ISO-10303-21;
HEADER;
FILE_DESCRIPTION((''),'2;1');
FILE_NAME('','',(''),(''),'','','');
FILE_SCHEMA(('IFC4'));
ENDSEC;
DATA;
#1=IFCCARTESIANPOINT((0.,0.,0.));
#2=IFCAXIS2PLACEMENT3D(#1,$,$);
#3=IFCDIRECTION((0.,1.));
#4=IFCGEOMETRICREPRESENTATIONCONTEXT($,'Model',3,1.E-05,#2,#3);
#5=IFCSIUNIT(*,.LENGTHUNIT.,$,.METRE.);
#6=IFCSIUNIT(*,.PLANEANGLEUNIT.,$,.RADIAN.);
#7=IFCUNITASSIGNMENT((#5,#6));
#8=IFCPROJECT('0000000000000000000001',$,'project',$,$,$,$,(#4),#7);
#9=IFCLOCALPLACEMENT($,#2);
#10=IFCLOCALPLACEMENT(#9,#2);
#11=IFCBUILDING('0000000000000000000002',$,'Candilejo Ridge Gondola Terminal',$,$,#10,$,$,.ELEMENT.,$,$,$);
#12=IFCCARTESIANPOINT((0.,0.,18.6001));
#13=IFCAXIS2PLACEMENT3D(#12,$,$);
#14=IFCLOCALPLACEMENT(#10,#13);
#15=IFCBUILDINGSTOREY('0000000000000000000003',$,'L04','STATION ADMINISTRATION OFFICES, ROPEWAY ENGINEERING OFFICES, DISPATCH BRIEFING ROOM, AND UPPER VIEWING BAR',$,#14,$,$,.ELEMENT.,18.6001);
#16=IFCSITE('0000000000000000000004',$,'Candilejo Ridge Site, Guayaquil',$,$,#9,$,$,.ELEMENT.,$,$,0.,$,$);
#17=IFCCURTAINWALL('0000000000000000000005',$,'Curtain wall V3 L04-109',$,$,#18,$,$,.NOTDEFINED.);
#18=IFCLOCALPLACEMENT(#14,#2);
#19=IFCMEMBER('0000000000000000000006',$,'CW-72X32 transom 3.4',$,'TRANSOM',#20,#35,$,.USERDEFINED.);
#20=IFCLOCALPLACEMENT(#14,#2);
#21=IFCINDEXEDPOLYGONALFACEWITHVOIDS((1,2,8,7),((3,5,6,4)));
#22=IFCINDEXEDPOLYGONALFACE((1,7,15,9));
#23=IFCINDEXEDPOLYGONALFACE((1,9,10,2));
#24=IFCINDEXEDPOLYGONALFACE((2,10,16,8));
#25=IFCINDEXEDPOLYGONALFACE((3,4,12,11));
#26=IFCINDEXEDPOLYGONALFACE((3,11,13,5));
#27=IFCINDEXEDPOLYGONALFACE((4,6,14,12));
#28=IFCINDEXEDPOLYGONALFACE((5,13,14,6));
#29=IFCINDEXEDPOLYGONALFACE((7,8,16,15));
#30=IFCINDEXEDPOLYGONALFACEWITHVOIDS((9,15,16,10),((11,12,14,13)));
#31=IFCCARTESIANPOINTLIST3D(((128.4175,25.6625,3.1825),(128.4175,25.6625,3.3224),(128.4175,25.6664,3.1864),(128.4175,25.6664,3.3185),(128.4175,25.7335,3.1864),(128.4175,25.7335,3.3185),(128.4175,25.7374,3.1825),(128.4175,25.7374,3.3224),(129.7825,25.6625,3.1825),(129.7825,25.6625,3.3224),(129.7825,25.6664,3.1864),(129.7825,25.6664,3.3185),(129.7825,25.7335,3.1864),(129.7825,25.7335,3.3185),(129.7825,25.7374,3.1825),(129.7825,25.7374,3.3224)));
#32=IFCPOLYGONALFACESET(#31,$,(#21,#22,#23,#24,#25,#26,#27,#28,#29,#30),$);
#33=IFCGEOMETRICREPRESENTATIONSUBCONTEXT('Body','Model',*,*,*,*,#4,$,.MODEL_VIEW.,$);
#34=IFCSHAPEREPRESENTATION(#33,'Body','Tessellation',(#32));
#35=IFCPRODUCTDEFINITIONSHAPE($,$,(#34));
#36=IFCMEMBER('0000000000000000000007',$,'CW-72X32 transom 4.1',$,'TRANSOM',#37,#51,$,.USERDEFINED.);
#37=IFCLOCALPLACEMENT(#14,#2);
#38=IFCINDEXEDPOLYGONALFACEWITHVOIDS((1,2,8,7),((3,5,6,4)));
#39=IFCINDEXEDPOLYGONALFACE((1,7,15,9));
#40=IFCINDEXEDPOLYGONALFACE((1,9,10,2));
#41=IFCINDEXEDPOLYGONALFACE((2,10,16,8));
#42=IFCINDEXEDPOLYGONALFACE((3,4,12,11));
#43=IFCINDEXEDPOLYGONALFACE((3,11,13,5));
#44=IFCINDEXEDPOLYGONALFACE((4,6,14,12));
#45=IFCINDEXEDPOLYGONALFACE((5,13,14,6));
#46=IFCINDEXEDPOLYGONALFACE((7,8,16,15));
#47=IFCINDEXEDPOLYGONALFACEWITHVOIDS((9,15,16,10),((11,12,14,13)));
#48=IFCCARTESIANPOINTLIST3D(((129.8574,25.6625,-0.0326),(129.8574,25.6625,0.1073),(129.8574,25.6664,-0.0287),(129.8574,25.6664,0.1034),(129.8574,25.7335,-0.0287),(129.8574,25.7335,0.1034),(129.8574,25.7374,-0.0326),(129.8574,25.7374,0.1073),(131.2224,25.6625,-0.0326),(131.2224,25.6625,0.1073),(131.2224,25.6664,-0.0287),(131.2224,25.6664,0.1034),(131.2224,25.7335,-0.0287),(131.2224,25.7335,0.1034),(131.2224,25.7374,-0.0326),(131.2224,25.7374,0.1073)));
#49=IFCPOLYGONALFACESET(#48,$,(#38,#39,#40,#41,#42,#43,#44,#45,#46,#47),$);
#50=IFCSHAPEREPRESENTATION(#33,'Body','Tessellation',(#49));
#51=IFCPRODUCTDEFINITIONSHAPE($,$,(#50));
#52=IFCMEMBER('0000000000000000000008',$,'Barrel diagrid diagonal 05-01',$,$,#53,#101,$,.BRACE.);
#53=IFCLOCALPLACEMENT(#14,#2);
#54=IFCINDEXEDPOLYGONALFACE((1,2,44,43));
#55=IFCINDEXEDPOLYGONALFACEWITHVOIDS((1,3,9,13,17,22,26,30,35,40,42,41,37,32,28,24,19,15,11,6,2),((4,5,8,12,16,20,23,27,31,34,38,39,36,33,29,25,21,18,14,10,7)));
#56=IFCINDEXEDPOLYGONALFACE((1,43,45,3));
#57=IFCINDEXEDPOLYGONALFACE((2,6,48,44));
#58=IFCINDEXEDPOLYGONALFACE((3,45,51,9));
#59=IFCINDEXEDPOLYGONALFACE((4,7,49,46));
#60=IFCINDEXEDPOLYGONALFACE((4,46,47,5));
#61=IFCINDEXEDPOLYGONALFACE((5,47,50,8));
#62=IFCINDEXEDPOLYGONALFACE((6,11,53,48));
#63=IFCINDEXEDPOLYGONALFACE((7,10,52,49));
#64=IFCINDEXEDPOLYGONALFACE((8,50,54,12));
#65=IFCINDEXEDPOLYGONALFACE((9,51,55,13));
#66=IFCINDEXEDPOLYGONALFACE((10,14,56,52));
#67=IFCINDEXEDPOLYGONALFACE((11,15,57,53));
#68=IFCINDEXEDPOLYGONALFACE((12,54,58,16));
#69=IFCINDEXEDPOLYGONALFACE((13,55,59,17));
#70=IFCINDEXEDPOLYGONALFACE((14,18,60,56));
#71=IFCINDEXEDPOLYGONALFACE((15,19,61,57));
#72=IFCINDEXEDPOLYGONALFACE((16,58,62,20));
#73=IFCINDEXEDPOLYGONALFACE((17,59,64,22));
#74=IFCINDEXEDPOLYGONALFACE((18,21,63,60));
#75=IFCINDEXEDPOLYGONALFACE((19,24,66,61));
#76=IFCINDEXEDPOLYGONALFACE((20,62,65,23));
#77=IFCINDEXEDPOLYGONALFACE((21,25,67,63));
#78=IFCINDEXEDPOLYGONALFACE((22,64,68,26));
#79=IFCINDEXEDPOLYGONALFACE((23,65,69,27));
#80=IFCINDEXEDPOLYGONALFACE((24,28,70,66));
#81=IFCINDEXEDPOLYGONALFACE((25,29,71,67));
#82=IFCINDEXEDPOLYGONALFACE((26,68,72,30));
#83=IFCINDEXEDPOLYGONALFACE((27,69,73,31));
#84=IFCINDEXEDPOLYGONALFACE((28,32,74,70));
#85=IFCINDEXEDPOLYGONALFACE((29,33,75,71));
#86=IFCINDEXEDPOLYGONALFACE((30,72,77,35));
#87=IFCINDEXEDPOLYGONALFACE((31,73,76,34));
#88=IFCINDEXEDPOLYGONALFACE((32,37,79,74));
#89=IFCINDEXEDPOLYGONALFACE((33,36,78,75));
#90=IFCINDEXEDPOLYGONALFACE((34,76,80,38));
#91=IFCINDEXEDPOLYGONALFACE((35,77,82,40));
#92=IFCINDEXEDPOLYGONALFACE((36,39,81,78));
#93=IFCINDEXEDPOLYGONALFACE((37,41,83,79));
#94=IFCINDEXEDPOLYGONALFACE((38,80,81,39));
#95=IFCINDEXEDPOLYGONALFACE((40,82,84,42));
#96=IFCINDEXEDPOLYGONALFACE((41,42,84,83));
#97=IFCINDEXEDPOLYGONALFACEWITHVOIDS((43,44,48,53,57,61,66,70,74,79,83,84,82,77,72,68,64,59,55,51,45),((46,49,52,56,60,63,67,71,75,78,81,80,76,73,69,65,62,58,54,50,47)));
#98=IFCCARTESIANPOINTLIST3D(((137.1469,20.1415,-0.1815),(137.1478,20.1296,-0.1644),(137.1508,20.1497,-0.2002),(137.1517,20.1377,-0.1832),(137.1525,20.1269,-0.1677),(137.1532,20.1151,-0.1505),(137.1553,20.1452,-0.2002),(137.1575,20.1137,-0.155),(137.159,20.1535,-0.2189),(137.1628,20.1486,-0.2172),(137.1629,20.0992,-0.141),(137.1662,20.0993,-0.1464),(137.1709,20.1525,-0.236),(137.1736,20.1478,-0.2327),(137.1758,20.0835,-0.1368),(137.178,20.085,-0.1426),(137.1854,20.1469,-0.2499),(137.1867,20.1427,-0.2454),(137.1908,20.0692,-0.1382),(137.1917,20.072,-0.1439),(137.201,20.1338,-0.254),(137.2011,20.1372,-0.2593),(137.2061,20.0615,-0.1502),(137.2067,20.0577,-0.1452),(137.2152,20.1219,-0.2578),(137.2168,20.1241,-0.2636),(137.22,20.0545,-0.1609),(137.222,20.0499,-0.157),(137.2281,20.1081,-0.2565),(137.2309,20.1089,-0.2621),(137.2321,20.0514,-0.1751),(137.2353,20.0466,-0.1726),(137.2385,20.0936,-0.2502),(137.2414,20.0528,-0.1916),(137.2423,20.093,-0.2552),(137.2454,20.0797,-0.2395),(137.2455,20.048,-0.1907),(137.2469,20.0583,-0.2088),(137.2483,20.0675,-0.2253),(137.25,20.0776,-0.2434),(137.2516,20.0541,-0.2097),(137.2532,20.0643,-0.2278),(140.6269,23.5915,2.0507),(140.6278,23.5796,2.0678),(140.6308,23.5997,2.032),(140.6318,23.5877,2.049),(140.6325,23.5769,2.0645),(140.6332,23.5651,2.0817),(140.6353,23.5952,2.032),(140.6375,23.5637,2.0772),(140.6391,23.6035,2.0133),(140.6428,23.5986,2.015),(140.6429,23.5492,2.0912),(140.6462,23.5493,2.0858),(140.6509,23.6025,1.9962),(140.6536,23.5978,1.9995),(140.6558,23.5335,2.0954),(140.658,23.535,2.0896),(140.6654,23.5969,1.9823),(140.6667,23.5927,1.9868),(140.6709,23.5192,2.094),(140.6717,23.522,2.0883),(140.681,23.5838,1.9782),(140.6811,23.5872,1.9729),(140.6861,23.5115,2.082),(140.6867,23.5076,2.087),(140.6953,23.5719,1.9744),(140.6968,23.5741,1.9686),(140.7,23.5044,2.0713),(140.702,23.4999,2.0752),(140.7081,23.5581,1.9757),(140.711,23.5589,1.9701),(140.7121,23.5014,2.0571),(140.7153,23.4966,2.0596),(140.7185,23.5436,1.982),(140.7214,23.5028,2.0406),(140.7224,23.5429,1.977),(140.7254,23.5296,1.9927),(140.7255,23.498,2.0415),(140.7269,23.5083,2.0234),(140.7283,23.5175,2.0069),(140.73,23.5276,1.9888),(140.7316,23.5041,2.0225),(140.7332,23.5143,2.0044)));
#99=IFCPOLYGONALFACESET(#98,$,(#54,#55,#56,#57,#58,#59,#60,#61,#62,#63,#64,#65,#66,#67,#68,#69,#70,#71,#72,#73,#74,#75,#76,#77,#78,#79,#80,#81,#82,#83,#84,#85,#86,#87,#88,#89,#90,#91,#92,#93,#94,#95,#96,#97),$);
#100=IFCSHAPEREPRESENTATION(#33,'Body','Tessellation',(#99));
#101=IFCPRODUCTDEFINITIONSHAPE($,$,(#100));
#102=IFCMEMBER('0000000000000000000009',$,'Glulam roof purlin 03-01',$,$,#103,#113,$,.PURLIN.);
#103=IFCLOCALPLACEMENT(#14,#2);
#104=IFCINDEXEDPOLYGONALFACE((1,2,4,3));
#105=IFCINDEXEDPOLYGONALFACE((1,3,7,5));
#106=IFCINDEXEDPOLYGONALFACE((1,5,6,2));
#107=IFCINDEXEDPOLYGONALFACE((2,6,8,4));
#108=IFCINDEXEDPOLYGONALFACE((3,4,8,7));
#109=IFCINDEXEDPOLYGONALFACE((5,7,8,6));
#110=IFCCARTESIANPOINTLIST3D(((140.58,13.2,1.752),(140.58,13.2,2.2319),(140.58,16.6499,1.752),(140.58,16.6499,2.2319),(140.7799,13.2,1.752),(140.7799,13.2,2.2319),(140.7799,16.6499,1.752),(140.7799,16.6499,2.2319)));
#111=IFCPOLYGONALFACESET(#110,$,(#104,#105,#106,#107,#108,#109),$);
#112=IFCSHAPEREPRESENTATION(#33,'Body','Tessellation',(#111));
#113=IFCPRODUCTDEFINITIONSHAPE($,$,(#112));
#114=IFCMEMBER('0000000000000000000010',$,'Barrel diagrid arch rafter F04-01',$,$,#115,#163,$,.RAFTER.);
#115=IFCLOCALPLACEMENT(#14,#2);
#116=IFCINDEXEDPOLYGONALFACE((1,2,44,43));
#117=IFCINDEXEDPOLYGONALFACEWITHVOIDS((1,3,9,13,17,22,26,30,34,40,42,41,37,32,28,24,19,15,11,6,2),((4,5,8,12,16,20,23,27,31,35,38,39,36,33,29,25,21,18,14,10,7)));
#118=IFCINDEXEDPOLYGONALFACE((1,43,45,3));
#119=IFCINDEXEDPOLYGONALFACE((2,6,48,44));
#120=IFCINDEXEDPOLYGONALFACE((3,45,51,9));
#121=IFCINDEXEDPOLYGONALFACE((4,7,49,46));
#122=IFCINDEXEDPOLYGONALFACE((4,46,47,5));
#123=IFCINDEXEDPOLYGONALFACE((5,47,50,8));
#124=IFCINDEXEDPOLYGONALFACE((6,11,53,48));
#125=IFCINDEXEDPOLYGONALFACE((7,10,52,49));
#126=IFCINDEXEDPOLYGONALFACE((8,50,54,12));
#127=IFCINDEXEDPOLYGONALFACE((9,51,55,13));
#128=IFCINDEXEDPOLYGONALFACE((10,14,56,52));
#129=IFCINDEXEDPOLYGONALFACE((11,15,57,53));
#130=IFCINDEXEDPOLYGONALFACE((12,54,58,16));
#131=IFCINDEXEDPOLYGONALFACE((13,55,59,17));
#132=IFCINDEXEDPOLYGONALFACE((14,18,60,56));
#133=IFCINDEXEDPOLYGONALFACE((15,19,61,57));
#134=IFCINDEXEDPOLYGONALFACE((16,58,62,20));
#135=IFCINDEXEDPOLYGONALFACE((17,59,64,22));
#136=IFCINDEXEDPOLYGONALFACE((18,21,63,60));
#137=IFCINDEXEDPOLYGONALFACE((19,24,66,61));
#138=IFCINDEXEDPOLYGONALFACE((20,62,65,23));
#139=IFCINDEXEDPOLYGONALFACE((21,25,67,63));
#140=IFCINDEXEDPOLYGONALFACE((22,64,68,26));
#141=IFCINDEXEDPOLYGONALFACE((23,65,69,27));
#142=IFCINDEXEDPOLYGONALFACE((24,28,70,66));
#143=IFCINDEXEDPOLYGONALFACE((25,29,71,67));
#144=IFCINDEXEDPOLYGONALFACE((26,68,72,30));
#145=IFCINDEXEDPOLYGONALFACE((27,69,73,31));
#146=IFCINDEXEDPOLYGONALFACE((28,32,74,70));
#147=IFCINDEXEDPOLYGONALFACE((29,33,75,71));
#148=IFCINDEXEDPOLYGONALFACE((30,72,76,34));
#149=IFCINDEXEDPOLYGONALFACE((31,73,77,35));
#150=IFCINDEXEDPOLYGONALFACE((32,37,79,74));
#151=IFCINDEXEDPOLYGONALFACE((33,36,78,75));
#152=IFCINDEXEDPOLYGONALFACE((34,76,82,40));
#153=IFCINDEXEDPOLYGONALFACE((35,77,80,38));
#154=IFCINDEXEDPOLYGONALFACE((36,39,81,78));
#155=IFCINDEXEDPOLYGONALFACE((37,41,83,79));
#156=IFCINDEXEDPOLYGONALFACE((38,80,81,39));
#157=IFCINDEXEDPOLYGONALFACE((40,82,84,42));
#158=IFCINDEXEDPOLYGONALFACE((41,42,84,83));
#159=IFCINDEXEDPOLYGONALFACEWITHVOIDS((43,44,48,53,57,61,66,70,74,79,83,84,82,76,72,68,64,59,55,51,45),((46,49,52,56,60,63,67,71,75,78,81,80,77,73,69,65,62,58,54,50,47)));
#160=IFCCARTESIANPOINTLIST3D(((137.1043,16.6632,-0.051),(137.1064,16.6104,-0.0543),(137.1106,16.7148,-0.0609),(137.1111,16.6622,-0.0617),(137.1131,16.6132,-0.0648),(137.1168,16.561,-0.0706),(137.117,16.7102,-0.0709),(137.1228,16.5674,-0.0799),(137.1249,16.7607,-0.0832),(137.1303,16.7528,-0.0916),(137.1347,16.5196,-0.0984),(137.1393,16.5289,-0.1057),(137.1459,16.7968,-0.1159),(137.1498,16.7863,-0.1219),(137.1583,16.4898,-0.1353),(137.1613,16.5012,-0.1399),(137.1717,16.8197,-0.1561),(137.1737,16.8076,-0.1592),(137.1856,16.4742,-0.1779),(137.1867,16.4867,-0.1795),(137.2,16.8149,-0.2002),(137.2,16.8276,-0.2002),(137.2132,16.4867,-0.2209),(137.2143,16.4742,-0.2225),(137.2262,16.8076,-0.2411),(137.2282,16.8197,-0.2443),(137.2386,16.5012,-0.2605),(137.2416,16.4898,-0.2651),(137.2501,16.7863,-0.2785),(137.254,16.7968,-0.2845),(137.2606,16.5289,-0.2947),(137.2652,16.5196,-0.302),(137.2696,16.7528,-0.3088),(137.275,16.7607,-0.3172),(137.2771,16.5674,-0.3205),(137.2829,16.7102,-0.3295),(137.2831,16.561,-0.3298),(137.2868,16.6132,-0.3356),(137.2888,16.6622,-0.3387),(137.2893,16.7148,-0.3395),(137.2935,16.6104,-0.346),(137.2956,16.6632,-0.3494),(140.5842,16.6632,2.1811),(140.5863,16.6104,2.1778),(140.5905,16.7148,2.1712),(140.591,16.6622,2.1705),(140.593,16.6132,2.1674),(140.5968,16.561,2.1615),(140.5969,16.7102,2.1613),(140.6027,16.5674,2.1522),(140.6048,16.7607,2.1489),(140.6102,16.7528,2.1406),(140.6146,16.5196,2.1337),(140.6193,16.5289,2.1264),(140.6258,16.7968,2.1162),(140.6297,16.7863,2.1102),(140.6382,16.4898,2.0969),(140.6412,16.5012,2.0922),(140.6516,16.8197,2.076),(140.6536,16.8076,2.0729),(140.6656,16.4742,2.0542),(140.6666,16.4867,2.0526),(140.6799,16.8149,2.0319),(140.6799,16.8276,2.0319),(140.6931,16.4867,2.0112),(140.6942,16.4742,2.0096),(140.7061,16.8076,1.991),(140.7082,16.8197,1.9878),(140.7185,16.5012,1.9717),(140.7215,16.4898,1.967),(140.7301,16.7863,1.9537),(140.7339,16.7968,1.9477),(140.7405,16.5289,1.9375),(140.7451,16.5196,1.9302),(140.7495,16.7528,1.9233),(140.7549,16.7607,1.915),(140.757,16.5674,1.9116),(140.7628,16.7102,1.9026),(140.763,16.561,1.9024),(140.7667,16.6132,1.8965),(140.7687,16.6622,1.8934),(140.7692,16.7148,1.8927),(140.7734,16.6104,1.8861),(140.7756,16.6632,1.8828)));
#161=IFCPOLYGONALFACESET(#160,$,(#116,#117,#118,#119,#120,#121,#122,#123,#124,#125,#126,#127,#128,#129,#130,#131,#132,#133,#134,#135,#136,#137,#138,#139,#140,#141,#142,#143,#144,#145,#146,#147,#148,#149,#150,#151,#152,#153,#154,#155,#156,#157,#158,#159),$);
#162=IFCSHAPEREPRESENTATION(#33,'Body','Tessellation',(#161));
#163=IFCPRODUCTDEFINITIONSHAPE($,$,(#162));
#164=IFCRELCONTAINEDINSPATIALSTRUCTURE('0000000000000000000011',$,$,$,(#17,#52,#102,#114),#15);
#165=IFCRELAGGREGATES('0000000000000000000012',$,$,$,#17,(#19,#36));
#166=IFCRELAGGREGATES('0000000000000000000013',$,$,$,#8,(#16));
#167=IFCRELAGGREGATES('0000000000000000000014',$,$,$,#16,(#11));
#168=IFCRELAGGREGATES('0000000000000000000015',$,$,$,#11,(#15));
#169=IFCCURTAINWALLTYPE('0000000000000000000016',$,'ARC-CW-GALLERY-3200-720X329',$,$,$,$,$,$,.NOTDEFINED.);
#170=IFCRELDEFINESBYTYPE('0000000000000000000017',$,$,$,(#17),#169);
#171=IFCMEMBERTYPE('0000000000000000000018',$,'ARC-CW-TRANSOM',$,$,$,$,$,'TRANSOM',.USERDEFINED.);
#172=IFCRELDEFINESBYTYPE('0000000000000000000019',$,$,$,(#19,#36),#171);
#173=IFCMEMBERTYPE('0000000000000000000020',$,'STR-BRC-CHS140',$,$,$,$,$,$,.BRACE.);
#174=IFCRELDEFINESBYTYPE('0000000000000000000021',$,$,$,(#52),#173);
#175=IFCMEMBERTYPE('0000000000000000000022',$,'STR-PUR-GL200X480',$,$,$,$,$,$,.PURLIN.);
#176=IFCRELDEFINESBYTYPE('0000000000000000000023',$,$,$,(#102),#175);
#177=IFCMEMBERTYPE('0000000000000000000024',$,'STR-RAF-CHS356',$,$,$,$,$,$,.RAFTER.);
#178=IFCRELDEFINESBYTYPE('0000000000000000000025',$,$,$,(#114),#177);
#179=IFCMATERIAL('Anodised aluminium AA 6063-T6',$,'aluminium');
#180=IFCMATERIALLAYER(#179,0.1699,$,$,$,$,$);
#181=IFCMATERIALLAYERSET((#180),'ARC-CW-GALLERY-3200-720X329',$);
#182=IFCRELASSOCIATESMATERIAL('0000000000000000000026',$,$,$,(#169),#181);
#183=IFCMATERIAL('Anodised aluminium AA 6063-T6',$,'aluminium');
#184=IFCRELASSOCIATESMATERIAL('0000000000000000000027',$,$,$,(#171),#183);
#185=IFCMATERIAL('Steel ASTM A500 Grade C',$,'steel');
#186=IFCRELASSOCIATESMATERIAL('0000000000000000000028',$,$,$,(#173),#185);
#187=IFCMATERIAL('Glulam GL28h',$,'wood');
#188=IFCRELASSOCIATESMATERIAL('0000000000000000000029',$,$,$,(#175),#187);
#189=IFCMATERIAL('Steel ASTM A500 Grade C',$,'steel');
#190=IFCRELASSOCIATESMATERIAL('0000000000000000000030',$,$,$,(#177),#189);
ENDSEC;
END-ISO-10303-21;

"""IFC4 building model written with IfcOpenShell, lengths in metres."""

from ifc_helpers import new_model, si_unit, direction, frame, origin, origin_2d, place, context, subcontext, project, spatial, rectangle, hollow_rectangle, hollow_circle, extrude, material, layer, layer_set, material_profile, profile_set, type_object, element, aggregate, save


model = new_model("IFC4")

# Units and contexts
model_context = context("Model", 3, precision=1e-05, world=origin(), true_north=direction((0.0, 1.0)))
body_context = subcontext(model_context, "Body", "Model", "MODEL_VIEW")
ifc_project = project(units=[si_unit("LENGTHUNIT", "METRE"), si_unit("PLANEANGLEUNIT", "RADIAN")], contexts=[model_context])

# Site, building, storey
site_placement = place(None, origin())
site = spatial("IfcSite", under=ifc_project, at=site_placement, Name="Candilejo Ridge Site, Guayaquil", CompositionType="ELEMENT", RefElevation=0.0)
building_placement = place(site_placement, origin())
building = spatial("IfcBuilding", under=site, at=building_placement, Name="Candilejo Ridge Gondola Terminal", CompositionType="ELEMENT")
storey_placement = place(building_placement, frame((0.0, 0.0, 18.6001)))
storey = spatial("IfcBuildingStorey", under=building, at=storey_placement, Name="L04", Description="STATION ADMINISTRATION OFFICES, ROPEWAY ENGINEERING OFFICES, DISPATCH BRIEFING ROOM, AND UPPER VIEWING BAR", CompositionType="ELEMENT", Elevation=18.6001)

# Curtain wall, members
ifc_material_1 = material(Name="Anodised aluminium AA 6063-T6", Category="aluminium")
ifc_layer_1 = layer(ifc_material_1, 0.1699)
ifc_layer_set_1 = layer_set([ifc_layer_1], Name="ARC-CW-GALLERY-3200-720X329")
curtain_wall_type = type_object("IfcCurtainWallType", Name="ARC-CW-GALLERY-3200-720X329", PredefinedType="NOTDEFINED", material=ifc_layer_set_1)
curtain_wall_placement = place(storey_placement, origin())
curtain_wall = element("IfcCurtainWall", 1, at=curtain_wall_placement, inside=storey, type_object=curtain_wall_type, Name="Curtain wall V3 L04-109", PredefinedType="NOTDEFINED")
ifc_material_2 = material(Name="Anodised aluminium AA 6063-T6", Category="aluminium")
ifc_material_profile_1 = material_profile(ifc_material_2, hollow_rectangle(XDim=0.075, YDim=0.1399, WallThickness=0.0039, at=origin_2d()))
ifc_profile_set_1 = profile_set([ifc_material_profile_1], Name="Anodised aluminium AA 6063-T6")
member_type_1 = type_object("IfcMemberType", Name="ARC-CW-TRANSOM", ElementType="TRANSOM", PredefinedType="USERDEFINED", material=ifc_profile_set_1)
member_1_placement = place(storey_placement, frame((128.4175, 25.7, 3.2524), z_axis=(1.0, 0.0, 0.0), x_axis=(0.0, 1.0, 0.0)))
member_1 = element("IfcMember", 2, at=member_1_placement, type_object=member_type_1, Name="CW-72X32 transom 3.4", ObjectType="TRANSOM", PredefinedType="USERDEFINED", context=body_context, shape_type="SweptSolid", body=[
    extrude(hollow_rectangle(XDim=0.075, YDim=0.1399, WallThickness=0.0039, at=origin_2d()), origin(), (0.0, 0.0, 1.0), 1.365),
])
member_2_placement = place(storey_placement, frame((129.8574, 25.7, 0.0374), z_axis=(1.0, 0.0, 0.0), x_axis=(0.0, 1.0, 0.0)))
member_2 = element("IfcMember", 3, at=member_2_placement, type_object=member_type_1, Name="CW-72X32 transom 4.1", ObjectType="TRANSOM", PredefinedType="USERDEFINED", context=body_context, shape_type="SweptSolid", body=[
    extrude(hollow_rectangle(XDim=0.075, YDim=0.1399, WallThickness=0.0039, at=origin_2d()), origin(), (0.0, 0.0, 1.0), 1.365),
])

# Members
ifc_material_3 = material(Name="Steel ASTM A500 Grade C", Category="steel")
ifc_material_profile_2 = material_profile(ifc_material_3, hollow_circle(Radius=0.0698, WallThickness=0.0063, at=origin_2d()))
ifc_profile_set_2 = profile_set([ifc_material_profile_2], Name="Steel ASTM A500 Grade C")
member_type_2 = type_object("IfcMemberType", Name="STR-BRC-CHS140", PredefinedType="BRACE", material=ifc_profile_set_2)
member_3_placement = place(storey_placement, frame((137.2, 20.1001, -0.2002), z_axis=(0.646271, 0.640695, 0.41454), x_axis=(-0.704036, 0.710164, 0.0)))
element("IfcMember", 4, at=member_3_placement, inside=storey, type_object=member_type_2, Name="Barrel diagrid diagonal 05-01", PredefinedType="BRACE", context=body_context, shape_type="SweptSolid", body=[
    extrude(hollow_circle(Radius=0.0698, WallThickness=0.0063, at=origin_2d()), origin(), (0.0, 0.0, 1.0), 5.3848),
])
ifc_material_4 = material(Name="Glulam GL28h", Category="wood")
ifc_material_profile_3 = material_profile(ifc_material_4, rectangle(XDim=0.2, YDim=0.48, at=origin_2d()))
ifc_profile_set_3 = profile_set([ifc_material_profile_3], Name="Glulam GL28h")
member_type_3 = type_object("IfcMemberType", Name="STR-PUR-GL200X480", PredefinedType="PURLIN", material=ifc_profile_set_3)
member_4_placement = place(storey_placement, frame((140.6799, 13.2, 1.9919), z_axis=(0.0, 1.0, 0.0), x_axis=(-1.0, 0.0, 0.0)))
element("IfcMember", 5, at=member_4_placement, inside=storey, type_object=member_type_3, Name="Glulam roof purlin 03-01", PredefinedType="PURLIN", context=body_context, shape_type="SweptSolid", body=[
    extrude(rectangle(XDim=0.2, YDim=0.48, at=origin_2d()), origin(), (0.0, 0.0, 1.0), 3.45),
])
ifc_material_5 = material(Name="Steel ASTM A500 Grade C", Category="steel")
ifc_material_profile_4 = material_profile(ifc_material_5, hollow_circle(Radius=0.1777, WallThickness=0.0127, at=origin_2d()))
ifc_profile_set_4 = profile_set([ifc_material_profile_4], Name="Steel ASTM A500 Grade C")
member_type_4 = type_object("IfcMemberType", Name="STR-RAF-CHS356", PredefinedType="RAFTER", material=ifc_profile_set_4)
member_5_placement = place(storey_placement, frame((137.2, 16.6499, -0.2002), z_axis=(0.841723, 0.0, 0.53991), x_axis=(0.0, 1.0, 0.0)))
element("IfcMember", 6, at=member_5_placement, inside=storey, type_object=member_type_4, Name="Barrel diagrid arch rafter F04-01", PredefinedType="RAFTER", context=body_context, shape_type="SweptSolid", body=[
    extrude(hollow_circle(Radius=0.1777, WallThickness=0.0127, at=origin_2d()), origin(), (0.0, 0.0, 1.0), 4.1343),
])

aggregate(curtain_wall, [member_1, member_2])

save(model, "model.ifc")
